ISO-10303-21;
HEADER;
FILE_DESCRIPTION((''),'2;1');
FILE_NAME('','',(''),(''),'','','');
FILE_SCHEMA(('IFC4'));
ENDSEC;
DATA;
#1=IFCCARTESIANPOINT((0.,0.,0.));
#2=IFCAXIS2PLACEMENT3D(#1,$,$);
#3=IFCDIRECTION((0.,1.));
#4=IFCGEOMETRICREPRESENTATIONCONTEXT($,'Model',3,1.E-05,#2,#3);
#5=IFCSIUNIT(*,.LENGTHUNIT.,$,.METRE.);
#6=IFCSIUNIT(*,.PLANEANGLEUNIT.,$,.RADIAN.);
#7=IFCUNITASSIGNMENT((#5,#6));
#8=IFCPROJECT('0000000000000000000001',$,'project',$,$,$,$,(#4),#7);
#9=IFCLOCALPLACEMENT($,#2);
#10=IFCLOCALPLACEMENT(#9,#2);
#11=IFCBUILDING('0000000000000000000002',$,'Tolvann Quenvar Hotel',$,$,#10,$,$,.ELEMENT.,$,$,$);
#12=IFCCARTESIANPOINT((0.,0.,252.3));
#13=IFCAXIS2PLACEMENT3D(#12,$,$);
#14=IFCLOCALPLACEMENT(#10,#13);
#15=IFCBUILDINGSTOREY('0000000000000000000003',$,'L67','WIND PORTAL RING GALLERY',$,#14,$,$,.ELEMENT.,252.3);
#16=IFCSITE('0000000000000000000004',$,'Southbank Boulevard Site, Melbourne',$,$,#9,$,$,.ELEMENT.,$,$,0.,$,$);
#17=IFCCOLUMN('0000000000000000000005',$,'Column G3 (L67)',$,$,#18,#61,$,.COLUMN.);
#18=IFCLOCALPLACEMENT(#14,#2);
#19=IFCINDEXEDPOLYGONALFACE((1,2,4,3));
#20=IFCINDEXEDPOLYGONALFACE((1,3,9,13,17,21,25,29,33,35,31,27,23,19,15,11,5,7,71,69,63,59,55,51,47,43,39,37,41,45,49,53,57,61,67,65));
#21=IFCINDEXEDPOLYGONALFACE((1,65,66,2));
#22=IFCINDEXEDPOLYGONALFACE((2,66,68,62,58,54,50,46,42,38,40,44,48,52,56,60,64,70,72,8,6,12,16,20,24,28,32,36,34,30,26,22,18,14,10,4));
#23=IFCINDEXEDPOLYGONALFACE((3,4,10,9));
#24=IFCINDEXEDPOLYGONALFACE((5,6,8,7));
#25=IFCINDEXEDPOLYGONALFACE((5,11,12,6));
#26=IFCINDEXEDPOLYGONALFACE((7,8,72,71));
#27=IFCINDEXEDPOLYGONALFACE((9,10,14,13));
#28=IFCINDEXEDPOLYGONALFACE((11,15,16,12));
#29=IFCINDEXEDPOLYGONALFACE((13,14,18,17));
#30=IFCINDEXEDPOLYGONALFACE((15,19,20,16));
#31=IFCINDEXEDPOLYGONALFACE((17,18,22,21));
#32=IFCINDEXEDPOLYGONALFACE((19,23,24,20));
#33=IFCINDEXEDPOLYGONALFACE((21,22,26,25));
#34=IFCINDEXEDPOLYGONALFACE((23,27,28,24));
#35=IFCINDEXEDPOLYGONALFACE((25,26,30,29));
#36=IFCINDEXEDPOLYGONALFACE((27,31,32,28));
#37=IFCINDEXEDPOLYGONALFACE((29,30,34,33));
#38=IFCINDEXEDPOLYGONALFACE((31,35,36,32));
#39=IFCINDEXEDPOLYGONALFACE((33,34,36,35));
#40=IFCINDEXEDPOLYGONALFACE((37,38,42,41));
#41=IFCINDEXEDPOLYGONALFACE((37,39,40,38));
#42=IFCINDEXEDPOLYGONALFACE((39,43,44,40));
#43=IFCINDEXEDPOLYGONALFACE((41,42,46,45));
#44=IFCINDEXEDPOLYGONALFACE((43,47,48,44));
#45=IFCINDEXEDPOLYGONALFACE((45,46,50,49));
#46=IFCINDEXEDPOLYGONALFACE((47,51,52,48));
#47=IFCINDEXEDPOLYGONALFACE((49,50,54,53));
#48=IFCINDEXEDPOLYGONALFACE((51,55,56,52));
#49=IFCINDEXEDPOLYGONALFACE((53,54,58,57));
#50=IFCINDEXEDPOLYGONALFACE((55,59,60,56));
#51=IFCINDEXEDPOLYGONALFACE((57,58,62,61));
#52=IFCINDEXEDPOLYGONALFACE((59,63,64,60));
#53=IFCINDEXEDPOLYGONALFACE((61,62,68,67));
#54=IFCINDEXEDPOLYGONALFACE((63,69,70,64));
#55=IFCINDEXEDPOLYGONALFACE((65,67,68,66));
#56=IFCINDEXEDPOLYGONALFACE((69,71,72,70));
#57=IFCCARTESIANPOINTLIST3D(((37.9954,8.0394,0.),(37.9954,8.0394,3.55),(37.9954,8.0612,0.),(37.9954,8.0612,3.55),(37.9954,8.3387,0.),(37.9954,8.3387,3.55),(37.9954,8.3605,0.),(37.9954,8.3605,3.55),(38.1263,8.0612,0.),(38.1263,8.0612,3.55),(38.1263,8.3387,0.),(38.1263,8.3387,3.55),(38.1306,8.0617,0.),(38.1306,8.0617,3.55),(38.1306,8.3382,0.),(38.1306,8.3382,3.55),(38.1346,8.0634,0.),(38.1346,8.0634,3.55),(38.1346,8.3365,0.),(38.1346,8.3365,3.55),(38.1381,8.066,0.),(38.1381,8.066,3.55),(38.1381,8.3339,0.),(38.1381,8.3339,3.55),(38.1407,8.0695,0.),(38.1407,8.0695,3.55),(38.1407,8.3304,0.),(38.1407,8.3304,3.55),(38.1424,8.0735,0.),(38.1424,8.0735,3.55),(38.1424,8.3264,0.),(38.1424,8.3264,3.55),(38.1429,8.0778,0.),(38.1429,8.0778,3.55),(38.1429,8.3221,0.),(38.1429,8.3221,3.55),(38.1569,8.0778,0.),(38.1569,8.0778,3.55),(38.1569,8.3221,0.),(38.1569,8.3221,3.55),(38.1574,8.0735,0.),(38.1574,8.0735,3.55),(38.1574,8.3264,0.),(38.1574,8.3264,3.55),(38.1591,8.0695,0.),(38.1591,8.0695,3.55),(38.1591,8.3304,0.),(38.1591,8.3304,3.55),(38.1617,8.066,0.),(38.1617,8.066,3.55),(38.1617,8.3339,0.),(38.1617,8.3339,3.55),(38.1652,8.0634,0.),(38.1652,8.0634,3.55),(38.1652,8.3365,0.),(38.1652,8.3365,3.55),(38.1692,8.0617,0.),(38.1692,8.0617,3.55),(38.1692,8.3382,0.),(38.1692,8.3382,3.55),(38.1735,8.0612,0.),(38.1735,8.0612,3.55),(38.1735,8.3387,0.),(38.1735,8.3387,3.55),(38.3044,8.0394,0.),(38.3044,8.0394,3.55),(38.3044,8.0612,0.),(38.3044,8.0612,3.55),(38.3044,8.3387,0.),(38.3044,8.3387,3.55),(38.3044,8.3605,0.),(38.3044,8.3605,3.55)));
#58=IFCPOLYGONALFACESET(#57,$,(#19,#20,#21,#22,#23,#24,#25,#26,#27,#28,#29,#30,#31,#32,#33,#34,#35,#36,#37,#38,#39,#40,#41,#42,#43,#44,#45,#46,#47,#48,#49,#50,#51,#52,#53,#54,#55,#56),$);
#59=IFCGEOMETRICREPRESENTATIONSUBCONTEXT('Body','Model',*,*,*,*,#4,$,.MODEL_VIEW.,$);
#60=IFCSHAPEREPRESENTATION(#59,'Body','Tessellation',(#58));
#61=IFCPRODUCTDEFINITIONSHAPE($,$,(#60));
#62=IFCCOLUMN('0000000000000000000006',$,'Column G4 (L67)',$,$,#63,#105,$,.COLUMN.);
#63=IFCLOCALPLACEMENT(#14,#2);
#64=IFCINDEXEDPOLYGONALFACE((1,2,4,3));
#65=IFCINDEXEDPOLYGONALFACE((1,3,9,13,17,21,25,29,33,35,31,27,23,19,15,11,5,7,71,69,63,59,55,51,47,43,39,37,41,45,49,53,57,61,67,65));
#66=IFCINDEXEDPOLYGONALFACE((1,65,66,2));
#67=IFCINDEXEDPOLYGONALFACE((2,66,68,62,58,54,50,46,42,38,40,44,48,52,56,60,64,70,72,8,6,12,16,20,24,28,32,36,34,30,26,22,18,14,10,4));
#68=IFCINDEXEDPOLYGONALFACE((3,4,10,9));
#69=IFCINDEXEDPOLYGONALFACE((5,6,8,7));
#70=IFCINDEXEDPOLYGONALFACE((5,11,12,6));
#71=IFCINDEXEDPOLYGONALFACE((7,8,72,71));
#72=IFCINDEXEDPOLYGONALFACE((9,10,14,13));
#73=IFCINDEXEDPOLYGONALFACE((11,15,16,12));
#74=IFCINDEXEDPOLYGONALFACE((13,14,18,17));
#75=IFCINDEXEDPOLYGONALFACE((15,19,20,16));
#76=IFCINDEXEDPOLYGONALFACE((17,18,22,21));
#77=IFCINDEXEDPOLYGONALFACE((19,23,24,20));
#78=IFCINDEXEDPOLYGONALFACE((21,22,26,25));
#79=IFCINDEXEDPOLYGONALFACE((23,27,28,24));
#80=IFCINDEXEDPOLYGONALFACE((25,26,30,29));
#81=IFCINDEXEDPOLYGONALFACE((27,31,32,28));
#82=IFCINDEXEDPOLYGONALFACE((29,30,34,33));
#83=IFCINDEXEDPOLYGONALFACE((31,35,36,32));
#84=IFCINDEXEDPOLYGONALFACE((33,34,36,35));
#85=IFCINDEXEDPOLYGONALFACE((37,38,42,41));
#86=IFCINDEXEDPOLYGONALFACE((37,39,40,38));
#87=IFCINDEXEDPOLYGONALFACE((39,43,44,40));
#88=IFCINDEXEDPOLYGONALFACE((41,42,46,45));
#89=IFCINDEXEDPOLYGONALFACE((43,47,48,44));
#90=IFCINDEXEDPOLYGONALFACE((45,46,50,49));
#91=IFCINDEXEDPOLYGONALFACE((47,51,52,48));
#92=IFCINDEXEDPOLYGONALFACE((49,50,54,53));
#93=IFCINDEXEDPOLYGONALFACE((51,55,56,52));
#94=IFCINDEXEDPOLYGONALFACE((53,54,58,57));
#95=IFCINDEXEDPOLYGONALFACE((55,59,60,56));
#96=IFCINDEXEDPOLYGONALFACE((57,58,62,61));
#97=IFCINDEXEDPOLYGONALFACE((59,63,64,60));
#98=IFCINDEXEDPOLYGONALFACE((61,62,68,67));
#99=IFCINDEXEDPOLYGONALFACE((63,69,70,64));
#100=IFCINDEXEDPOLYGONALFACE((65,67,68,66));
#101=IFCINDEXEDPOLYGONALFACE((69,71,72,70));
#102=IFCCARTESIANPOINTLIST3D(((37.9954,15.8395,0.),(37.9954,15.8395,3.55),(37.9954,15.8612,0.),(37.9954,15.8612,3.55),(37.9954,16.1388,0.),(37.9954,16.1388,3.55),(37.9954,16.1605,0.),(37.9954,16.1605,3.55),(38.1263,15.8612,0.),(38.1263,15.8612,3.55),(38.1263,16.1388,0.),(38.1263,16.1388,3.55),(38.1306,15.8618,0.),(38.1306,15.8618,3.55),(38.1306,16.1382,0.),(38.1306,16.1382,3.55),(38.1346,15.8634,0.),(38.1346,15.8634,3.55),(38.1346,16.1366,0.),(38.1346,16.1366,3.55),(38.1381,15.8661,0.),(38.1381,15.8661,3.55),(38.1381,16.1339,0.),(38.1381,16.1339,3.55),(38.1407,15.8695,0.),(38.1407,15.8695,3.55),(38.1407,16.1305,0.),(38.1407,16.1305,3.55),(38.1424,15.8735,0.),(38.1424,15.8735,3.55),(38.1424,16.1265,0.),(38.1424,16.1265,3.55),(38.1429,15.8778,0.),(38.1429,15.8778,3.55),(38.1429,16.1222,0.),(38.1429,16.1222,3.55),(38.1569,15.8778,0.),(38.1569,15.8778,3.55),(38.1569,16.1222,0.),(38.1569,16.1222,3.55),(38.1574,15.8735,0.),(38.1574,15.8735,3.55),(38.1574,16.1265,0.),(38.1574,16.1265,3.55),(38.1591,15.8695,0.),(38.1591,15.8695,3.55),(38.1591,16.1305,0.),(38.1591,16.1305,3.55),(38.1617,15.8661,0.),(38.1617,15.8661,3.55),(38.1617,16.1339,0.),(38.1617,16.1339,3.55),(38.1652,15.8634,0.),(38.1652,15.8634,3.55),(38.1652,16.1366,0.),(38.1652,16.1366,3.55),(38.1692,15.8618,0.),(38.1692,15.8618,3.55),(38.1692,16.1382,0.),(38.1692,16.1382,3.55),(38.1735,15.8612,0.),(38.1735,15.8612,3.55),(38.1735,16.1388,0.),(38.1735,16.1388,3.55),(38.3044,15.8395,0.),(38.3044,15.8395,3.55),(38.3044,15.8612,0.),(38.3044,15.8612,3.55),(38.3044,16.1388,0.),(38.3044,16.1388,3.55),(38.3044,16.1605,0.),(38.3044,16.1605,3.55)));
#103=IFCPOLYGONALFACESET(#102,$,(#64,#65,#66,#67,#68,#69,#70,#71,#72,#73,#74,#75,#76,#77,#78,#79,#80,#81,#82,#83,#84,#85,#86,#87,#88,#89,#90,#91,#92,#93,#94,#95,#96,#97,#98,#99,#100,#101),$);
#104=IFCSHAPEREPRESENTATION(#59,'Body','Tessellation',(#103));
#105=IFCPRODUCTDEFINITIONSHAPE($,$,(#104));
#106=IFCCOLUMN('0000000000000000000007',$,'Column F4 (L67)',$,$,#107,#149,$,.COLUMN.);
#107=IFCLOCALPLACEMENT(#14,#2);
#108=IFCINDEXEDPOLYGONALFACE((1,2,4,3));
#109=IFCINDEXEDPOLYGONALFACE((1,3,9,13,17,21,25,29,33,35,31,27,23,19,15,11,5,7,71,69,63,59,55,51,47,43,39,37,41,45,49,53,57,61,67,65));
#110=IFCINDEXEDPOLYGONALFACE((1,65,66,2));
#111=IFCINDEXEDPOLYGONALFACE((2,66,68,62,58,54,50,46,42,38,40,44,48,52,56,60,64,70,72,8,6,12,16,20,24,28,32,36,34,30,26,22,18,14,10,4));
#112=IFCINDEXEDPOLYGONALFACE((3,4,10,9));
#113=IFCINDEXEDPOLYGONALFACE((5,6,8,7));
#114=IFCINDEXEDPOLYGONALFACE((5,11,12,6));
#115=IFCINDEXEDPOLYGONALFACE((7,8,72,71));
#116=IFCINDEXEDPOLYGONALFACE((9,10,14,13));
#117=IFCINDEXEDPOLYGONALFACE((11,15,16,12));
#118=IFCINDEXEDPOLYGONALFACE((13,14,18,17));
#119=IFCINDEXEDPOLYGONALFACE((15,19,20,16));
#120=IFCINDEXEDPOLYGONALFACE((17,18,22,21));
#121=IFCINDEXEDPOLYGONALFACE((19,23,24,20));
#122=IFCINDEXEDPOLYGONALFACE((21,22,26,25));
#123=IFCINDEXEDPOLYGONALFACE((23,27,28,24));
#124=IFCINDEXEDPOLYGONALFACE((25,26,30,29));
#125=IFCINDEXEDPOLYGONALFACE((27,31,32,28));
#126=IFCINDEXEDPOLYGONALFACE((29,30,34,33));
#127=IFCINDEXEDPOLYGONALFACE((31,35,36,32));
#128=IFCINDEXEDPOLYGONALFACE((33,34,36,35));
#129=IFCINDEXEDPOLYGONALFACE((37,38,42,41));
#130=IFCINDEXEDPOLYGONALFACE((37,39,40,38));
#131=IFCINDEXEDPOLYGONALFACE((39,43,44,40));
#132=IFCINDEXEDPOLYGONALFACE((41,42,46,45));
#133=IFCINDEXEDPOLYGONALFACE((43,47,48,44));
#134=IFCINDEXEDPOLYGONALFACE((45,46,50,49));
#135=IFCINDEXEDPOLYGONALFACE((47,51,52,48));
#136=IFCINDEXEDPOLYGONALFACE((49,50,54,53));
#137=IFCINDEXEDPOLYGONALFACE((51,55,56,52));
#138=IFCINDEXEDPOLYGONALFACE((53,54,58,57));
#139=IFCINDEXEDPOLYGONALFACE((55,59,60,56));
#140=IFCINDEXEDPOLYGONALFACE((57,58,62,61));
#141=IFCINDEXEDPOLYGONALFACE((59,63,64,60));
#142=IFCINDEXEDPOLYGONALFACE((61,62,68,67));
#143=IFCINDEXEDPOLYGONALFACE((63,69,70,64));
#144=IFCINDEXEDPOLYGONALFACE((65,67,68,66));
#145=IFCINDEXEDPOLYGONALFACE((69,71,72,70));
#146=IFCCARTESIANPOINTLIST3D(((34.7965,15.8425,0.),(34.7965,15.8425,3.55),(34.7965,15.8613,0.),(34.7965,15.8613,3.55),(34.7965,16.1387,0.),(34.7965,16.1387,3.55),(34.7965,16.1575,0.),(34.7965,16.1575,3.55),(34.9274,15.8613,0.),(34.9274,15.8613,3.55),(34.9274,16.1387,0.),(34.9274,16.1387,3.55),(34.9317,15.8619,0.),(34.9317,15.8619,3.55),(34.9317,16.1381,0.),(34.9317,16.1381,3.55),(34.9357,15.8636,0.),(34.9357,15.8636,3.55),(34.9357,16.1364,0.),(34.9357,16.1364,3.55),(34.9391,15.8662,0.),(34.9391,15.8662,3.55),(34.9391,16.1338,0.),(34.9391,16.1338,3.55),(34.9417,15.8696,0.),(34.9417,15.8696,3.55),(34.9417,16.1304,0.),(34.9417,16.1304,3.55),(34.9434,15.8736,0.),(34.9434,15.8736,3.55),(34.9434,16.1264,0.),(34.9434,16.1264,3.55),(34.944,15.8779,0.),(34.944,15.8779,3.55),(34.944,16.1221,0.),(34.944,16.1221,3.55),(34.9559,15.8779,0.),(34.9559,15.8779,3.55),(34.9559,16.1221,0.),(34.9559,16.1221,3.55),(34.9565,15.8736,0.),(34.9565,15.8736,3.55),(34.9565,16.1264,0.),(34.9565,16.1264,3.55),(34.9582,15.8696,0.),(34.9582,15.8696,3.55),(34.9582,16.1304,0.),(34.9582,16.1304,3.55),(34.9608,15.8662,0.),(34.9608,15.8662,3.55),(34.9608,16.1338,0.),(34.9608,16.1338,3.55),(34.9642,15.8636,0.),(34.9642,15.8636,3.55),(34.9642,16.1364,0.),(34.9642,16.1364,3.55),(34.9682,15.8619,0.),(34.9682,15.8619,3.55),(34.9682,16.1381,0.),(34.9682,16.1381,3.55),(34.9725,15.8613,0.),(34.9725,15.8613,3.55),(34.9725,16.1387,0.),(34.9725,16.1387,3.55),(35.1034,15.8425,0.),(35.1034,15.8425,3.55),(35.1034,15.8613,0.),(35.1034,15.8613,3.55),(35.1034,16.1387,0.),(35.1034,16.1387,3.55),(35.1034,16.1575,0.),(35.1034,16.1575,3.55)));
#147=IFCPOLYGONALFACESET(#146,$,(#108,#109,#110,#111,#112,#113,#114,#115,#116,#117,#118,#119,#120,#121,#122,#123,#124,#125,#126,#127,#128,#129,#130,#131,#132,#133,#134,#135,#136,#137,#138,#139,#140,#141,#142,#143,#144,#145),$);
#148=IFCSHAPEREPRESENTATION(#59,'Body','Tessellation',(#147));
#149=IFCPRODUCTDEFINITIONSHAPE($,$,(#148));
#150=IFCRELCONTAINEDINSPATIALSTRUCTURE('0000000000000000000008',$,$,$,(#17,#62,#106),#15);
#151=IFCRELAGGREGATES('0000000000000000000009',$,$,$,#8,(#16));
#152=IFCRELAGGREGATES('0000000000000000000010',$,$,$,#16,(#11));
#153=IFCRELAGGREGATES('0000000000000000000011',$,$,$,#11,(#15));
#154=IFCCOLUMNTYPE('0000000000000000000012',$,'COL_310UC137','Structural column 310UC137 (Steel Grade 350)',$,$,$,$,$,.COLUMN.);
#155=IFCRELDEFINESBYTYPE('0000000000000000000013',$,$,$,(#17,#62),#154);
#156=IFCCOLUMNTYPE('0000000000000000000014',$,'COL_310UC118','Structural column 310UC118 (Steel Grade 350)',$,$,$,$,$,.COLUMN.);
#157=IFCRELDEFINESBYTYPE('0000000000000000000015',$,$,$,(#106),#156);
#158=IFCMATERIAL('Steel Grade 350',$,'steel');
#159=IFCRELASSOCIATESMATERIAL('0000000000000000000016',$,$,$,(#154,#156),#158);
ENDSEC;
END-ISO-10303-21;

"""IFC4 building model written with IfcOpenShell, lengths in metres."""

from ifc_helpers import new_model, si_unit, direction, frame, origin, origin_2d, place, context, subcontext, project, spatial, i_section, extrude, source, transform, mapped, material, material_profile, profile_set, type_object, type_shapes, element, save


model = new_model("IFC4")

# Units and contexts
model_context = context("Model", 3, precision=1e-05, world=origin(), true_north=direction((0.0, 1.0)))
body_context = subcontext(model_context, "Body", "Model", "MODEL_VIEW")
ifc_project = project(units=[si_unit("LENGTHUNIT", "METRE"), si_unit("PLANEANGLEUNIT", "RADIAN")], contexts=[model_context])

# Site, building, storey
site_placement = place(None, origin())
site = spatial("IfcSite", under=ifc_project, at=site_placement, Name="Southbank Boulevard Site, Melbourne", CompositionType="ELEMENT", RefElevation=0.0)
building_placement = place(site_placement, origin())
building = spatial("IfcBuilding", under=site, at=building_placement, Name="Tolvann Quenvar Hotel", CompositionType="ELEMENT")
storey_placement = place(building_placement, frame((0.0, 0.0, 252.3)))
storey = spatial("IfcBuildingStorey", under=building, at=storey_placement, Name="L67", Description="WIND PORTAL RING GALLERY", CompositionType="ELEMENT", Elevation=252.3)

# Columns
ifc_material_1 = material(Name="Steel Grade 350", Category="steel")
ifc_material_profile_1 = material_profile(ifc_material_1, i_section(OverallWidth=0.3091, OverallDepth=0.321, WebThickness=0.0139, FlangeThickness=0.0217, FilletRadius=0.0166, at=origin_2d()), Name="310UC137")
ifc_profile_set_1 = profile_set([ifc_material_profile_1], Name="Steel Grade 350")
column_type_1 = type_object("IfcColumnType", Name="COL_310UC137", Description="Structural column 310UC137 (Steel Grade 350)", PredefinedType="COLUMN", material=ifc_profile_set_1)
shared_shape_1 = source(origin(), body_context, "Body", "SweptSolid", [
    extrude(i_section(OverallWidth=0.3091, OverallDepth=0.321, WebThickness=0.0139, FlangeThickness=0.0217, FilletRadius=0.0166, at=origin_2d()), origin(), (0.0, 0.0, 1.0), 3.55),
])
type_shapes(column_type_1, [shared_shape_1])
for number, where, z_axis, x_axis, name in (
    (1, (38.1499, 8.2, 0.0), (0.0, 0.0, 1.0), (1.0, 0.0, 0.0), "Column G3 (L67)"),
    (2, (38.1499, 16.0, 0.0), (0.0, 0.0, 1.0), (1.0, 0.0, 0.0), "Column G4 (L67)"),
):
    element("IfcColumn", number, at=place(storey_placement, frame(where, z_axis=z_axis, x_axis=x_axis)), inside=storey, type_object=column_type_1, Name=name, PredefinedType="COLUMN", context=body_context, shape_type="MappedRepresentation", body=[
        mapped(shared_shape_1, transform((0.0, 0.0, 0.0), x_axis=(1.0, 0.0, 0.0), y_axis=(0.0, 1.0, 0.0), z_axis=(0.0, 0.0, 1.0), scale=1.0)),
    ])
ifc_material_profile_2 = material_profile(ifc_material_1, i_section(OverallWidth=0.3069, OverallDepth=0.3149, WebThickness=0.012, FlangeThickness=0.0188, FilletRadius=0.0166, at=origin_2d()), Name="310UC118")
ifc_profile_set_2 = profile_set([ifc_material_profile_2], Name="Steel Grade 350")
column_type_2 = type_object("IfcColumnType", Name="COL_310UC118", Description="Structural column 310UC118 (Steel Grade 350)", PredefinedType="COLUMN", material=ifc_profile_set_2)
shared_shape_2 = source(origin(), body_context, "Body", "SweptSolid", [
    extrude(i_section(OverallWidth=0.3069, OverallDepth=0.3149, WebThickness=0.012, FlangeThickness=0.0188, FilletRadius=0.0166, at=origin_2d()), origin(), (0.0, 0.0, 1.0), 3.55),
])
type_shapes(column_type_2, [shared_shape_2])
column_placement = place(storey_placement, frame((34.95, 16.0, 0.0), z_axis=(0.0, 0.0, 1.0), x_axis=(1.0, 0.0, 0.0)))
element("IfcColumn", 3, at=column_placement, inside=storey, type_object=column_type_2, Name="Column F4 (L67)", PredefinedType="COLUMN", context=body_context, shape_type="MappedRepresentation", body=[
    mapped(shared_shape_2, transform((0.0, 0.0, 0.0), x_axis=(1.0, 0.0, 0.0), y_axis=(0.0, 1.0, 0.0), z_axis=(0.0, 0.0, 1.0), scale=1.0)),
])

save(model, "model.ifc")
